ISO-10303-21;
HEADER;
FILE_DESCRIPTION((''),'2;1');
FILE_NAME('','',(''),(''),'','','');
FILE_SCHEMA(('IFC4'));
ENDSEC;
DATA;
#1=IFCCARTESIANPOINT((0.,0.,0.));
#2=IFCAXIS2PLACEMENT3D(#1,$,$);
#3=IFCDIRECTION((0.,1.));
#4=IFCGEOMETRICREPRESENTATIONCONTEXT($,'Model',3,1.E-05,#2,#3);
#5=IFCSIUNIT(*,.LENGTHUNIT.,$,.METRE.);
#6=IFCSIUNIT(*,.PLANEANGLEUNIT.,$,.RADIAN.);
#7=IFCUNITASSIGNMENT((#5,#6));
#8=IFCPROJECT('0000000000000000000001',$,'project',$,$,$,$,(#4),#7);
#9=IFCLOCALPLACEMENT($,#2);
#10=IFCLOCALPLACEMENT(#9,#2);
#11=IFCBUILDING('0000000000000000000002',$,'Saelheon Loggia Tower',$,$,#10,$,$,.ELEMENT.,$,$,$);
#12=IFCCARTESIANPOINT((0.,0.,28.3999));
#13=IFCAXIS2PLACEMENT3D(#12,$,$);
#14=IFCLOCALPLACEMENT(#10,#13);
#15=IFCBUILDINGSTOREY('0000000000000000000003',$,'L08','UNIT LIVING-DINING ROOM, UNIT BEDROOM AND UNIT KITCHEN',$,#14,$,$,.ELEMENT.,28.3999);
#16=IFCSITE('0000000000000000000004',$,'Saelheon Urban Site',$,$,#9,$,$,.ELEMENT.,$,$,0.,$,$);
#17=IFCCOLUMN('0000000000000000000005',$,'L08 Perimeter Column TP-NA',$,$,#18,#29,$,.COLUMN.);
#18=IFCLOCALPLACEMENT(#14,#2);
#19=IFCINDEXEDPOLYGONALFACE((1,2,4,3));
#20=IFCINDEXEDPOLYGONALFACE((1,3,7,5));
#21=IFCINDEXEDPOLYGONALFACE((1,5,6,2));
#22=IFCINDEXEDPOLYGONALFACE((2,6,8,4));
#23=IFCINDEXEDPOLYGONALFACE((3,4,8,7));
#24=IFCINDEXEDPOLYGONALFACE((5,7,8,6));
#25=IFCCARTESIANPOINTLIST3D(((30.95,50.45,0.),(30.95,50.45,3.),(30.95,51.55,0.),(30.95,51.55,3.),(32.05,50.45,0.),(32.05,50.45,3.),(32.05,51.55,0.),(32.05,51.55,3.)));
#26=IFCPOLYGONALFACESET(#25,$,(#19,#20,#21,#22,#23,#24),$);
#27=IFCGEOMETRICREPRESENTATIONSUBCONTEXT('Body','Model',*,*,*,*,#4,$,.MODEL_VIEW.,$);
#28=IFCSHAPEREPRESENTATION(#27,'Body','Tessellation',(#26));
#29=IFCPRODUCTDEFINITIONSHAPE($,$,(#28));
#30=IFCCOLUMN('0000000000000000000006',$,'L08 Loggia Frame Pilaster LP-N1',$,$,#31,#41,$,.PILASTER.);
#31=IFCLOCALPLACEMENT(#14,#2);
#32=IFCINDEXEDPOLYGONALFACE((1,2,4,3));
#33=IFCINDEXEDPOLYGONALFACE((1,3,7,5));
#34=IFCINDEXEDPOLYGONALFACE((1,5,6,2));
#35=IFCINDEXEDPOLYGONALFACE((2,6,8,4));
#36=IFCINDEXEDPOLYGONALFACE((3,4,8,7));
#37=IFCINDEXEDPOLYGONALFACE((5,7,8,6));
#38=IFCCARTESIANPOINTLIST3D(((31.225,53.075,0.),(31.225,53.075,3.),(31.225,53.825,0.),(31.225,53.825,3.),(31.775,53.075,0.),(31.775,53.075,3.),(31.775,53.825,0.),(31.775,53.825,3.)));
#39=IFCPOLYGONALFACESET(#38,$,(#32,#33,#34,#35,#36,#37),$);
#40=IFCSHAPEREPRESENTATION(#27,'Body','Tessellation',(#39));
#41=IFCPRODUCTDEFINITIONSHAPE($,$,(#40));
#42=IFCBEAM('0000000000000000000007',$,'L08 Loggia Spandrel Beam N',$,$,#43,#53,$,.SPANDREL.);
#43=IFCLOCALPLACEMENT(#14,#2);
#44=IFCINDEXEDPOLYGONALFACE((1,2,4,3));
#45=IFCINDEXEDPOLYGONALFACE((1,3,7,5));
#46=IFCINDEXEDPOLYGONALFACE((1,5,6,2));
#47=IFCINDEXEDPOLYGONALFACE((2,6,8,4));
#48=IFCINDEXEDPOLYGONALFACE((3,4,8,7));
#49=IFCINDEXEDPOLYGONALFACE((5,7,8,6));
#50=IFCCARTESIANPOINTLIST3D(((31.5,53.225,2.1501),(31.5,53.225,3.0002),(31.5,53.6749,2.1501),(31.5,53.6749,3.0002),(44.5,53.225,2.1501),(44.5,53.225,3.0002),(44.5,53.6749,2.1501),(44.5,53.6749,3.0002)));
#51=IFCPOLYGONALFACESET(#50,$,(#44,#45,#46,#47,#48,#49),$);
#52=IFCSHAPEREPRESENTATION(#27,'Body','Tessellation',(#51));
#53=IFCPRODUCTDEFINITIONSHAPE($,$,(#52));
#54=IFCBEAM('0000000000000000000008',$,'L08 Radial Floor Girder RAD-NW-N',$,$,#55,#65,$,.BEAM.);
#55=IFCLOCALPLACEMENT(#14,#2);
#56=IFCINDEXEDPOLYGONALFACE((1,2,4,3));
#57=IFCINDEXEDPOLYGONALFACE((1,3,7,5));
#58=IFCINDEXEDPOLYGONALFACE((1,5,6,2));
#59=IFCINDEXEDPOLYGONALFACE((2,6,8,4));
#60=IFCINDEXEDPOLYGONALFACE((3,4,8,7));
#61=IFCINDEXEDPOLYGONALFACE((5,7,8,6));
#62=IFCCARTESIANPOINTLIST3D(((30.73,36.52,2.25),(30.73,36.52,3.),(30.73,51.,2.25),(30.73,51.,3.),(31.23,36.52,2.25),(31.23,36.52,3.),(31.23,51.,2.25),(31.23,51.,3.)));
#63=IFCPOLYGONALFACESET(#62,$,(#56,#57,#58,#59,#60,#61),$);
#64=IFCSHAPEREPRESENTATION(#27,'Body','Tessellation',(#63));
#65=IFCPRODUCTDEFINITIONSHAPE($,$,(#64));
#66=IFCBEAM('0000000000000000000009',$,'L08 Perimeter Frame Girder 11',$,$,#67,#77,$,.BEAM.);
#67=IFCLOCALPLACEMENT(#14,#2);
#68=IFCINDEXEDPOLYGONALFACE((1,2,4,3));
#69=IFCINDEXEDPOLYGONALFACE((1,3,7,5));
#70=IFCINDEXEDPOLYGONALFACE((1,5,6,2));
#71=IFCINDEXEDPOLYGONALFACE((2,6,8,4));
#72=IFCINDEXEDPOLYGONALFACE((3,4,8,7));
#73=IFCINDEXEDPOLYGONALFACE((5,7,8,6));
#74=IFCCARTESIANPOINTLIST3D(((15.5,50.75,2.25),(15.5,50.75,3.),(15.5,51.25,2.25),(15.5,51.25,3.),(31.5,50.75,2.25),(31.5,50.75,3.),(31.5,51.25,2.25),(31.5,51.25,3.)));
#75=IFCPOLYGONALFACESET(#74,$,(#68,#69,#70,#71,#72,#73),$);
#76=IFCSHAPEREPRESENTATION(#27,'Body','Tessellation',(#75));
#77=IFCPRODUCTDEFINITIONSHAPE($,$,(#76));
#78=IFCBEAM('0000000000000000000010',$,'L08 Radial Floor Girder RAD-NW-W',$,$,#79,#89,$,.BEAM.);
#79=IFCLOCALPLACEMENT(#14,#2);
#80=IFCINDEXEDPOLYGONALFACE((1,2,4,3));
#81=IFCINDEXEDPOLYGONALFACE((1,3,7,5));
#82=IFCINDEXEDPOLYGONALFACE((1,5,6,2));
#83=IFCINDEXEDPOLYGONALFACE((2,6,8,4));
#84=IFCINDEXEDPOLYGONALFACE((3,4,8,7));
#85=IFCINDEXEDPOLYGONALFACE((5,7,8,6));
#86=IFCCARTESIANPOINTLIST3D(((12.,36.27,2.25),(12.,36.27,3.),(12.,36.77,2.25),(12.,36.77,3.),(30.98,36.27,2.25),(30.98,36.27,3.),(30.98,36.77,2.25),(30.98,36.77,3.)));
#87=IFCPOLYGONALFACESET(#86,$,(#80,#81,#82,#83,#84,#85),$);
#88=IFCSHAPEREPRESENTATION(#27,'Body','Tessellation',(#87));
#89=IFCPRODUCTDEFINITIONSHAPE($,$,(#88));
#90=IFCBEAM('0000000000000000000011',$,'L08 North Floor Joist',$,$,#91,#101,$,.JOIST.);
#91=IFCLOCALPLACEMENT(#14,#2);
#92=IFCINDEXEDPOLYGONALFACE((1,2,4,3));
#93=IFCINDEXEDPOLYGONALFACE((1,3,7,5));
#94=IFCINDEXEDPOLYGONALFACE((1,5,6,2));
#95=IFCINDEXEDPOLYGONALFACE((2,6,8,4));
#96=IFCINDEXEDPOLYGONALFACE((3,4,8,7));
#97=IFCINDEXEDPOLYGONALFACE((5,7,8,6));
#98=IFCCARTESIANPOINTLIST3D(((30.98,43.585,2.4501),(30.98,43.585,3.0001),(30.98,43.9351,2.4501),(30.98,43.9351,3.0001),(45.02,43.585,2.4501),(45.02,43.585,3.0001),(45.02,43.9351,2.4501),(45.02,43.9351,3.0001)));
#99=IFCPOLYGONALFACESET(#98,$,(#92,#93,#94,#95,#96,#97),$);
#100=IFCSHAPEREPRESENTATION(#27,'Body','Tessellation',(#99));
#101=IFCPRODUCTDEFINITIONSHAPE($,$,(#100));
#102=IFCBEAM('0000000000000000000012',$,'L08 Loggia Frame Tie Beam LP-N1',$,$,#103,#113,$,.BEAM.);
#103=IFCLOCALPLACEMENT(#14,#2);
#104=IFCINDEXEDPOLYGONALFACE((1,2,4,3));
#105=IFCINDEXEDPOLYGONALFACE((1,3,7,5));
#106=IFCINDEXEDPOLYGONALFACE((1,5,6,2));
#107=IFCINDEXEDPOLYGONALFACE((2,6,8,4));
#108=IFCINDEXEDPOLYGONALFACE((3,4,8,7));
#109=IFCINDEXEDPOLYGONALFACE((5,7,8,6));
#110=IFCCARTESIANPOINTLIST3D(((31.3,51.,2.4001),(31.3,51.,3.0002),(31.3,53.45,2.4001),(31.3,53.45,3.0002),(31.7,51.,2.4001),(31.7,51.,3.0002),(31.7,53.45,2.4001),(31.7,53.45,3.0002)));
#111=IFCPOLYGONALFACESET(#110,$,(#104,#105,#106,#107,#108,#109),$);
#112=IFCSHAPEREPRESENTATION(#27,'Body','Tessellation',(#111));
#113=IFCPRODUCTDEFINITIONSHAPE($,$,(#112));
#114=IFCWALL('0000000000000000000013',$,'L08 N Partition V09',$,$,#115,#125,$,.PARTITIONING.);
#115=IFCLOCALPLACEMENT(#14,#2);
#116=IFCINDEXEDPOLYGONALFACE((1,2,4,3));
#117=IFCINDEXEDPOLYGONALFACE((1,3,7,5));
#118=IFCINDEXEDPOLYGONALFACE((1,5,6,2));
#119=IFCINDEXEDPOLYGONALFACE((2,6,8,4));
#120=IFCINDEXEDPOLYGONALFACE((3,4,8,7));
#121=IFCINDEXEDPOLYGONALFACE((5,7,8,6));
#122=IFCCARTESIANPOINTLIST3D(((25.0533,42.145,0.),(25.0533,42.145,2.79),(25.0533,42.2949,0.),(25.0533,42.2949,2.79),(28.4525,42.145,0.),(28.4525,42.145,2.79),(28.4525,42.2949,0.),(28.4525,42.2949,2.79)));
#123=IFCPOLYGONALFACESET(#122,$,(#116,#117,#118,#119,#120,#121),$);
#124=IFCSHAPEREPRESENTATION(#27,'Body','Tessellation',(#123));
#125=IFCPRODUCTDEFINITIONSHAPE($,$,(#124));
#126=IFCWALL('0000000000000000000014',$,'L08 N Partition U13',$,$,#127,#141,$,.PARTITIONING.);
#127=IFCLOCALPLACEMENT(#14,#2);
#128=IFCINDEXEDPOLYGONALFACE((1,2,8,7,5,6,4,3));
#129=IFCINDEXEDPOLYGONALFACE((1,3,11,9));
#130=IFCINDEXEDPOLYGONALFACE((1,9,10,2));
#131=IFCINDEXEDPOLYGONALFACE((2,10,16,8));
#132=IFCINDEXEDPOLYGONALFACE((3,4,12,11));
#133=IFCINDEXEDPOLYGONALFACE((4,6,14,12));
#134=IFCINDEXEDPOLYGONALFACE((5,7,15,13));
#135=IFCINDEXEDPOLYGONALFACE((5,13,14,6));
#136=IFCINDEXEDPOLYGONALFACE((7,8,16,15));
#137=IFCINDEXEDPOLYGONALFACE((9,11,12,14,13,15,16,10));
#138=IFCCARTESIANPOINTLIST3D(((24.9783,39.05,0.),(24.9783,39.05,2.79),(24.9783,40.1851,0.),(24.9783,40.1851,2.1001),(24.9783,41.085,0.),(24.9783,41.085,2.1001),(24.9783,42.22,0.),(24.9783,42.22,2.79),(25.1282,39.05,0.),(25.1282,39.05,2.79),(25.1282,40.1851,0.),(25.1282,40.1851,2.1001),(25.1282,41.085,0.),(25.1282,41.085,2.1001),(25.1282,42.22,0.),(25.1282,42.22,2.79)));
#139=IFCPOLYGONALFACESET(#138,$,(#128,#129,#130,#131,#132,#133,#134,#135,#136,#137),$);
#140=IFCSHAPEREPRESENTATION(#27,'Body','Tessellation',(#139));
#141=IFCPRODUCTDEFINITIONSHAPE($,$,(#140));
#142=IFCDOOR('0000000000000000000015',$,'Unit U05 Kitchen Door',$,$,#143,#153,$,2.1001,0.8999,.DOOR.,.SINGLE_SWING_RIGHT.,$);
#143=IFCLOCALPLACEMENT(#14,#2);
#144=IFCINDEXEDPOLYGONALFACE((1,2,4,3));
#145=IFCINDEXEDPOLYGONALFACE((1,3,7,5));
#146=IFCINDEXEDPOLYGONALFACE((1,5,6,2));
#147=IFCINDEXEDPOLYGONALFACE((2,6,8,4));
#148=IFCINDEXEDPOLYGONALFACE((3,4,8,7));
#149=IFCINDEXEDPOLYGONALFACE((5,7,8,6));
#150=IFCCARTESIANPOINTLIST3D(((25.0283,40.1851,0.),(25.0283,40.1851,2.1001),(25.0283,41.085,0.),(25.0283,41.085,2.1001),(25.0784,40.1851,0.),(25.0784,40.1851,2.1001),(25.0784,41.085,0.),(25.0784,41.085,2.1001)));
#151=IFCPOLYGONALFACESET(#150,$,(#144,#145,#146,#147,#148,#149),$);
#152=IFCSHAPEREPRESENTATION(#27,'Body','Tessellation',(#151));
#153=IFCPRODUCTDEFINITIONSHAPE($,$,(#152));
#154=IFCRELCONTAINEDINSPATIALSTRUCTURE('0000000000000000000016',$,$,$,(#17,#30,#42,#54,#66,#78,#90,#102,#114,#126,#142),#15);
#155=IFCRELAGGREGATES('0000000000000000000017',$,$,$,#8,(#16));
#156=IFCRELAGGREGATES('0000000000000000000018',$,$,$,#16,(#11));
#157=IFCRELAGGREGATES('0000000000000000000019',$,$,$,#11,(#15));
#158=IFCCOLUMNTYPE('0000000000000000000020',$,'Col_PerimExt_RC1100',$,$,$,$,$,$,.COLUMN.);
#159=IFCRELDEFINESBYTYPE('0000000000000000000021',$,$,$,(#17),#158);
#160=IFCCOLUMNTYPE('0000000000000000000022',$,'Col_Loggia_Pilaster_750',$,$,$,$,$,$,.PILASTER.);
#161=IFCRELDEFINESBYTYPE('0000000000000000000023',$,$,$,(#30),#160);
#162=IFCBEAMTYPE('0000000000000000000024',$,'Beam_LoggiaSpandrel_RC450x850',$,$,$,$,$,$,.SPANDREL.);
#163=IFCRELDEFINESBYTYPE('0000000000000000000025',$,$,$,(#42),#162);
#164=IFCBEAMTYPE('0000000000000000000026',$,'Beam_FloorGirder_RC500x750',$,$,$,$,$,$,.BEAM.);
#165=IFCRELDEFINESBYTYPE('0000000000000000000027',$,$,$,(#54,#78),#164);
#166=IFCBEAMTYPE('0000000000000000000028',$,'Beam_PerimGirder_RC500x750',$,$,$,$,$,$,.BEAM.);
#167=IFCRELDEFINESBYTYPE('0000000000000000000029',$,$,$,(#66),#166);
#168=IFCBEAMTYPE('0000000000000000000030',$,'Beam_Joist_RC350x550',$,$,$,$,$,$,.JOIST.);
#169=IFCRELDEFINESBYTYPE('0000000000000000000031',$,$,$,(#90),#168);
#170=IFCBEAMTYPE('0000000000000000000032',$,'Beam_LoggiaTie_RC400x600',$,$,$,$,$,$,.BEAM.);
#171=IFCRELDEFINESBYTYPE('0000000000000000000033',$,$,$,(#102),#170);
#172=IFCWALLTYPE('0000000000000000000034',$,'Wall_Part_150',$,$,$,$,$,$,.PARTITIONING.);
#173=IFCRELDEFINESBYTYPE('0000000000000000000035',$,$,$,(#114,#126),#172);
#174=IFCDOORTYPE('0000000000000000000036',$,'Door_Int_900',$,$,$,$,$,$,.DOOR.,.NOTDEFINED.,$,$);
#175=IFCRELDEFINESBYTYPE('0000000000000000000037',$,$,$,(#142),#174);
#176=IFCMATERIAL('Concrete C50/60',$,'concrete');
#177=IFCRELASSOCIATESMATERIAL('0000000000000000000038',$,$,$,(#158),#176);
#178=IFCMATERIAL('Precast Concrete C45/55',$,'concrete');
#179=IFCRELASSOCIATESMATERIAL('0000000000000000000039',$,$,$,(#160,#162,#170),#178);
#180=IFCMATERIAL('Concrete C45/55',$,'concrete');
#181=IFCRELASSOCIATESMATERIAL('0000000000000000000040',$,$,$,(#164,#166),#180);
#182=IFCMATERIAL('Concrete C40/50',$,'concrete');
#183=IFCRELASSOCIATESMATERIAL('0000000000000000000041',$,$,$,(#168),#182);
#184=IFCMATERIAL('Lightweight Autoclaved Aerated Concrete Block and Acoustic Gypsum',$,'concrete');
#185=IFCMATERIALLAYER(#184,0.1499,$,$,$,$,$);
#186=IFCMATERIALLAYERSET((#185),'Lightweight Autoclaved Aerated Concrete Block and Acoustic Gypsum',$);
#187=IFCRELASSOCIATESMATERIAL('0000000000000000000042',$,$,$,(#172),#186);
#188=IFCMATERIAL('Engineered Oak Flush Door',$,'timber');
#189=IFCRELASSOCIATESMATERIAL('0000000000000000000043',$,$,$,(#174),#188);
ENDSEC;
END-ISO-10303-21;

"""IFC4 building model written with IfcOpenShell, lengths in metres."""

from ifc_helpers import new_model, si_unit, direction, frame, frame_2d, origin, origin_2d, place, context, subcontext, project, spatial, rectangle, extrude, source, transform, mapped, material, layer, layer_set, material_profile, profile_set, type_object, element, fill, save


model = new_model("IFC4")

# Units and contexts
model_context = context("Model", 3, precision=1e-05, world=origin(), true_north=direction((0.0, 1.0)))
body_context = subcontext(model_context, "Body", "Model", "MODEL_VIEW")
ifc_project = project(units=[si_unit("LENGTHUNIT", "METRE"), si_unit("PLANEANGLEUNIT", "RADIAN")], contexts=[model_context])

# Site, building, storey
site_placement = place(None, origin())
site = spatial("IfcSite", under=ifc_project, at=site_placement, Name="Saelheon Urban Site", CompositionType="ELEMENT", RefElevation=0.0)
building_placement = place(site_placement, origin())
building = spatial("IfcBuilding", under=site, at=building_placement, Name="Saelheon Loggia Tower", CompositionType="ELEMENT")
storey_placement = place(building_placement, frame((0.0, 0.0, 28.3999)))
storey = spatial("IfcBuildingStorey", under=building, at=storey_placement, Name="L08", Description="UNIT LIVING-DINING ROOM, UNIT BEDROOM AND UNIT KITCHEN", CompositionType="ELEMENT", Elevation=28.3999)

# Columns
ifc_material_1 = material(Name="Concrete C50/60", Category="concrete")
ifc_material_profile_1 = material_profile(ifc_material_1, rectangle(XDim=1.1001, YDim=1.1001, at=origin_2d()), Name="RC-1100x1100")
ifc_profile_set_1 = profile_set([ifc_material_profile_1], Name="Concrete C50/60")
column_type_1 = type_object("IfcColumnType", Name="Col_PerimExt_RC1100", PredefinedType="COLUMN", material=ifc_profile_set_1)
shared_shape_1 = source(origin(), body_context, "Body", "SweptSolid", [
    extrude(rectangle(XDim=1.1001, YDim=1.1001, at=origin_2d()), origin(), (0.0, 0.0, 1.0), 3.0),
])
column_1_placement = place(storey_placement, frame((31.5, 51.0, 0.0), z_axis=(0.0, 0.0, 1.0), x_axis=(1.0, 0.0, 0.0)))
element("IfcColumn", 1, at=column_1_placement, inside=storey, type_object=column_type_1, Name="L08 Perimeter Column TP-NA", PredefinedType="COLUMN", context=body_context, shape_type="MappedRepresentation", body=[
    mapped(shared_shape_1, transform((0.0, 0.0, 0.0), scale=1.0)),
])
ifc_material_2 = material(Name="Precast Concrete C45/55", Category="concrete")
ifc_material_profile_2 = material_profile(ifc_material_2, rectangle(XDim=0.55, YDim=0.75, at=origin_2d()), Name="RC-550x750")
ifc_profile_set_2 = profile_set([ifc_material_profile_2], Name="Precast Concrete C45/55")
column_type_2 = type_object("IfcColumnType", Name="Col_Loggia_Pilaster_750", PredefinedType="PILASTER", material=ifc_profile_set_2)
shared_shape_2 = source(origin(), body_context, "Body", "SweptSolid", [
    extrude(rectangle(XDim=0.55, YDim=0.75, at=origin_2d()), origin(), (0.0, 0.0, 1.0), 3.0),
])
column_2_placement = place(storey_placement, frame((31.5, 53.45, 0.0), z_axis=(0.0, 0.0, 1.0), x_axis=(1.0, 0.0, 0.0)))
element("IfcColumn", 2, at=column_2_placement, inside=storey, type_object=column_type_2, Name="L08 Loggia Frame Pilaster LP-N1", PredefinedType="PILASTER", context=body_context, shape_type="MappedRepresentation", body=[
    mapped(shared_shape_2, transform((0.0, 0.0, 0.0), scale=1.0)),
])

# Beams
ifc_material_profile_3 = material_profile(ifc_material_2, rectangle(XDim=0.45, YDim=0.8501, at=origin_2d()), Name="RC-450x850")
ifc_profile_set_3 = profile_set([ifc_material_profile_3], Name="Precast Concrete C45/55")
beam_type_1 = type_object("IfcBeamType", Name="Beam_LoggiaSpandrel_RC450x850", PredefinedType="SPANDREL", material=ifc_profile_set_3)
shared_shape_3 = source(origin(), body_context, "Body", "SweptSolid", [
    extrude(rectangle(XDim=0.45, YDim=0.8501, at=origin_2d()), origin(), (0.0, 0.0, 1.0), 13.0),
])
beam_1_placement = place(storey_placement, frame((31.5, 53.45, 2.5752), z_axis=(1.0, 0.0, 0.0), x_axis=(0.0, 1.0, 0.0)))
element("IfcBeam", 3, at=beam_1_placement, inside=storey, type_object=beam_type_1, Name="L08 Loggia Spandrel Beam N", PredefinedType="SPANDREL", context=body_context, shape_type="MappedRepresentation", body=[
    mapped(shared_shape_3, transform((0.0, 0.0, 0.0), scale=1.0)),
])
ifc_material_3 = material(Name="Concrete C45/55", Category="concrete")
ifc_material_profile_4 = material_profile(ifc_material_3, rectangle(XDim=0.5, YDim=0.75, at=origin_2d()), Name="RC-500x750")
ifc_profile_set_4 = profile_set([ifc_material_profile_4], Name="Concrete C45/55")
beam_type_2 = type_object("IfcBeamType", Name="Beam_FloorGirder_RC500x750", PredefinedType="BEAM", material=ifc_profile_set_4)
shared_shape_4 = source(origin(), body_context, "Body", "SweptSolid", [
    extrude(rectangle(XDim=0.5, YDim=0.75, at=origin_2d()), origin(), (0.0, 0.0, 1.0), 14.48),
])
beam_2_placement = place(storey_placement, frame((30.98, 36.52, 2.625), z_axis=(0.0, 1.0, 0.0), x_axis=(-1.0, 0.0, 0.0)))
element("IfcBeam", 4, at=beam_2_placement, inside=storey, type_object=beam_type_2, Name="L08 Radial Floor Girder RAD-NW-N", PredefinedType="BEAM", context=body_context, shape_type="MappedRepresentation", body=[
    mapped(shared_shape_4, transform((0.0, 0.0, 0.0), scale=1.0)),
])
ifc_material_profile_5 = material_profile(ifc_material_3, rectangle(XDim=0.5, YDim=0.75, at=origin_2d()), Name="RC-500x750")
ifc_profile_set_5 = profile_set([ifc_material_profile_5], Name="Concrete C45/55")
beam_type_3 = type_object("IfcBeamType", Name="Beam_PerimGirder_RC500x750", PredefinedType="BEAM", material=ifc_profile_set_5)
shared_shape_5 = source(origin(), body_context, "Body", "SweptSolid", [
    extrude(rectangle(XDim=0.5, YDim=0.75, at=origin_2d()), origin(), (0.0, 0.0, 1.0), 16.0),
])
beam_3_placement = place(storey_placement, frame((31.5, 51.0, 2.625), z_axis=(-1.0, 0.0, 0.0), x_axis=(0.0, -1.0, 0.0)))
element("IfcBeam", 5, at=beam_3_placement, inside=storey, type_object=beam_type_3, Name="L08 Perimeter Frame Girder 11", PredefinedType="BEAM", context=body_context, shape_type="MappedRepresentation", body=[
    mapped(shared_shape_5, transform((0.0, 0.0, 0.0), scale=1.0)),
])
shared_shape_6 = source(origin(), body_context, "Body", "SweptSolid", [
    extrude(rectangle(XDim=0.5, YDim=0.75, at=origin_2d()), origin(), (0.0, 0.0, 1.0), 18.98),
])
beam_4_placement = place(storey_placement, frame((30.98, 36.52, 2.625), z_axis=(-1.0, 0.0, 0.0), x_axis=(0.0, -1.0, 0.0)))
element("IfcBeam", 6, at=beam_4_placement, inside=storey, type_object=beam_type_2, Name="L08 Radial Floor Girder RAD-NW-W", PredefinedType="BEAM", context=body_context, shape_type="MappedRepresentation", body=[
    mapped(shared_shape_6, transform((0.0, 0.0, 0.0), scale=1.0)),
])
ifc_material_4 = material(Name="Concrete C40/50", Category="concrete")
ifc_material_profile_6 = material_profile(ifc_material_4, rectangle(XDim=0.3501, YDim=0.55, at=origin_2d()), Name="RC-350x550")
ifc_profile_set_6 = profile_set([ifc_material_profile_6], Name="Concrete C40/50")
beam_type_4 = type_object("IfcBeamType", Name="Beam_Joist_RC350x550", PredefinedType="JOIST", material=ifc_profile_set_6)
shared_shape_7 = source(origin(), body_context, "Body", "SweptSolid", [
    extrude(rectangle(XDim=0.3501, YDim=0.55, at=origin_2d()), origin(), (0.0, 0.0, 1.0), 14.04),
])
beam_5_placement = place(storey_placement, frame((30.98, 43.76, 2.7251), z_axis=(1.0, 0.0, 0.0), x_axis=(0.0, 1.0, 0.0)))
element("IfcBeam", 7, at=beam_5_placement, inside=storey, type_object=beam_type_4, Name="L08 North Floor Joist", PredefinedType="JOIST", context=body_context, shape_type="MappedRepresentation", body=[
    mapped(shared_shape_7, transform((0.0, 0.0, 0.0), scale=1.0)),
])
ifc_material_profile_7 = material_profile(ifc_material_2, rectangle(XDim=0.3999, YDim=0.6001, at=origin_2d()), Name="RC-400x600")
ifc_profile_set_7 = profile_set([ifc_material_profile_7], Name="Precast Concrete C45/55")
beam_type_5 = type_object("IfcBeamType", Name="Beam_LoggiaTie_RC400x600", PredefinedType="BEAM", material=ifc_profile_set_7)
shared_shape_8 = source(origin(), body_context, "Body", "SweptSolid", [
    extrude(rectangle(XDim=0.3999, YDim=0.6001, at=origin_2d()), origin(), (0.0, 0.0, 1.0), 2.45),
])
beam_6_placement = place(storey_placement, frame((31.5, 51.0, 2.7002), z_axis=(0.0, 1.0, 0.0), x_axis=(-1.0, 0.0, 0.0)))
element("IfcBeam", 8, at=beam_6_placement, inside=storey, type_object=beam_type_5, Name="L08 Loggia Frame Tie Beam LP-N1", PredefinedType="BEAM", context=body_context, shape_type="MappedRepresentation", body=[
    mapped(shared_shape_8, transform((0.0, 0.0, 0.0), scale=1.0)),
])

# Wall
ifc_material_5 = material(Name="Lightweight Autoclaved Aerated Concrete Block and Acoustic Gypsum", Category="concrete")
ifc_layer_1 = layer(ifc_material_5, 0.1499)
ifc_layer_set_1 = layer_set([ifc_layer_1], Name="Lightweight Autoclaved Aerated Concrete Block and Acoustic Gypsum")
wall_type_1 = type_object("IfcWallType", Name="Wall_Part_150", PredefinedType="PARTITIONING", material=ifc_layer_set_1)
wall_1_placement = place(storey_placement, frame((25.0532, 42.22, 0.0), z_axis=(0.0, 0.0, 1.0), x_axis=(1.0, 0.0, 0.0)))
element("IfcWall", 9, at=wall_1_placement, inside=storey, type_object=wall_type_1, Name="L08 N Partition V09", PredefinedType="PARTITIONING", context=body_context, shape_type="SweptSolid", body=[
    extrude(rectangle(XDim=3.3992, YDim=0.1499, at=frame_2d((1.6997, 0.0))), origin(), (0.0, 0.0, 1.0), 2.79),
])

# Wall, opening, door
wall_2_placement = place(storey_placement, frame((25.0532, 39.05, 0.0), z_axis=(0.0, 0.0, 1.0), x_axis=(0.0, 1.0, 0.0)))
wall_2 = element("IfcWall", 10, at=wall_2_placement, inside=storey, type_object=wall_type_1, Name="L08 N Partition U13", PredefinedType="PARTITIONING", context=body_context, shape_type="SweptSolid", body=[
    extrude(rectangle(XDim=3.1699, YDim=0.1499, at=frame_2d((1.585, 0.0))), origin(), (0.0, 0.0, 1.0), 2.79),
])
opening_1_placement = place(wall_2_placement, frame((1.135, 0.0, 0.0)))
opening_1 = element("IfcOpeningElement", 11, at=opening_1_placement, cuts=wall_2, PredefinedType="OPENING", context=body_context, shape_type="SweptSolid", body=[
    extrude(rectangle(XDim=0.8999, YDim=2.1001, at=frame_2d((0.45, 1.05))), frame((0.0, 0.0869, 0.0), z_axis=(0.0, -1.0, 0.0), x_axis=(1.0, 0.0, 0.0)), (0.0, 0.0, 1.0), 0.1738),
])
ifc_material_6 = material(Name="Engineered Oak Flush Door", Category="timber")
door_type_1 = type_object("IfcDoorType", Name="Door_Int_900", OperationType="NOTDEFINED", PredefinedType="DOOR", material=ifc_material_6)
shared_shape_9 = source(origin(), body_context, "Body", "SweptSolid", [
    extrude(rectangle(XDim=0.8999, YDim=2.1001, at=frame_2d((0.45, 1.05))), frame((0.0, 0.0249, 0.0), z_axis=(0.0, -1.0, 0.0), x_axis=(1.0, 0.0, 0.0)), (0.0, 0.0, 1.0), 0.05),
])
door_1_placement = place(opening_1_placement, origin())
door_1 = element("IfcDoor", 12, at=door_1_placement, inside=storey, type_object=door_type_1, Name="Unit U05 Kitchen Door", OperationType="SINGLE_SWING_RIGHT", OverallHeight=2.1001, OverallWidth=0.8999, PredefinedType="DOOR", context=body_context, shape_type="MappedRepresentation", body=[
    mapped(shared_shape_9, transform((0.0, 0.0, 0.0), scale=1.0)),
])
fill(opening_1, door_1)

save(model, "model.ifc")
